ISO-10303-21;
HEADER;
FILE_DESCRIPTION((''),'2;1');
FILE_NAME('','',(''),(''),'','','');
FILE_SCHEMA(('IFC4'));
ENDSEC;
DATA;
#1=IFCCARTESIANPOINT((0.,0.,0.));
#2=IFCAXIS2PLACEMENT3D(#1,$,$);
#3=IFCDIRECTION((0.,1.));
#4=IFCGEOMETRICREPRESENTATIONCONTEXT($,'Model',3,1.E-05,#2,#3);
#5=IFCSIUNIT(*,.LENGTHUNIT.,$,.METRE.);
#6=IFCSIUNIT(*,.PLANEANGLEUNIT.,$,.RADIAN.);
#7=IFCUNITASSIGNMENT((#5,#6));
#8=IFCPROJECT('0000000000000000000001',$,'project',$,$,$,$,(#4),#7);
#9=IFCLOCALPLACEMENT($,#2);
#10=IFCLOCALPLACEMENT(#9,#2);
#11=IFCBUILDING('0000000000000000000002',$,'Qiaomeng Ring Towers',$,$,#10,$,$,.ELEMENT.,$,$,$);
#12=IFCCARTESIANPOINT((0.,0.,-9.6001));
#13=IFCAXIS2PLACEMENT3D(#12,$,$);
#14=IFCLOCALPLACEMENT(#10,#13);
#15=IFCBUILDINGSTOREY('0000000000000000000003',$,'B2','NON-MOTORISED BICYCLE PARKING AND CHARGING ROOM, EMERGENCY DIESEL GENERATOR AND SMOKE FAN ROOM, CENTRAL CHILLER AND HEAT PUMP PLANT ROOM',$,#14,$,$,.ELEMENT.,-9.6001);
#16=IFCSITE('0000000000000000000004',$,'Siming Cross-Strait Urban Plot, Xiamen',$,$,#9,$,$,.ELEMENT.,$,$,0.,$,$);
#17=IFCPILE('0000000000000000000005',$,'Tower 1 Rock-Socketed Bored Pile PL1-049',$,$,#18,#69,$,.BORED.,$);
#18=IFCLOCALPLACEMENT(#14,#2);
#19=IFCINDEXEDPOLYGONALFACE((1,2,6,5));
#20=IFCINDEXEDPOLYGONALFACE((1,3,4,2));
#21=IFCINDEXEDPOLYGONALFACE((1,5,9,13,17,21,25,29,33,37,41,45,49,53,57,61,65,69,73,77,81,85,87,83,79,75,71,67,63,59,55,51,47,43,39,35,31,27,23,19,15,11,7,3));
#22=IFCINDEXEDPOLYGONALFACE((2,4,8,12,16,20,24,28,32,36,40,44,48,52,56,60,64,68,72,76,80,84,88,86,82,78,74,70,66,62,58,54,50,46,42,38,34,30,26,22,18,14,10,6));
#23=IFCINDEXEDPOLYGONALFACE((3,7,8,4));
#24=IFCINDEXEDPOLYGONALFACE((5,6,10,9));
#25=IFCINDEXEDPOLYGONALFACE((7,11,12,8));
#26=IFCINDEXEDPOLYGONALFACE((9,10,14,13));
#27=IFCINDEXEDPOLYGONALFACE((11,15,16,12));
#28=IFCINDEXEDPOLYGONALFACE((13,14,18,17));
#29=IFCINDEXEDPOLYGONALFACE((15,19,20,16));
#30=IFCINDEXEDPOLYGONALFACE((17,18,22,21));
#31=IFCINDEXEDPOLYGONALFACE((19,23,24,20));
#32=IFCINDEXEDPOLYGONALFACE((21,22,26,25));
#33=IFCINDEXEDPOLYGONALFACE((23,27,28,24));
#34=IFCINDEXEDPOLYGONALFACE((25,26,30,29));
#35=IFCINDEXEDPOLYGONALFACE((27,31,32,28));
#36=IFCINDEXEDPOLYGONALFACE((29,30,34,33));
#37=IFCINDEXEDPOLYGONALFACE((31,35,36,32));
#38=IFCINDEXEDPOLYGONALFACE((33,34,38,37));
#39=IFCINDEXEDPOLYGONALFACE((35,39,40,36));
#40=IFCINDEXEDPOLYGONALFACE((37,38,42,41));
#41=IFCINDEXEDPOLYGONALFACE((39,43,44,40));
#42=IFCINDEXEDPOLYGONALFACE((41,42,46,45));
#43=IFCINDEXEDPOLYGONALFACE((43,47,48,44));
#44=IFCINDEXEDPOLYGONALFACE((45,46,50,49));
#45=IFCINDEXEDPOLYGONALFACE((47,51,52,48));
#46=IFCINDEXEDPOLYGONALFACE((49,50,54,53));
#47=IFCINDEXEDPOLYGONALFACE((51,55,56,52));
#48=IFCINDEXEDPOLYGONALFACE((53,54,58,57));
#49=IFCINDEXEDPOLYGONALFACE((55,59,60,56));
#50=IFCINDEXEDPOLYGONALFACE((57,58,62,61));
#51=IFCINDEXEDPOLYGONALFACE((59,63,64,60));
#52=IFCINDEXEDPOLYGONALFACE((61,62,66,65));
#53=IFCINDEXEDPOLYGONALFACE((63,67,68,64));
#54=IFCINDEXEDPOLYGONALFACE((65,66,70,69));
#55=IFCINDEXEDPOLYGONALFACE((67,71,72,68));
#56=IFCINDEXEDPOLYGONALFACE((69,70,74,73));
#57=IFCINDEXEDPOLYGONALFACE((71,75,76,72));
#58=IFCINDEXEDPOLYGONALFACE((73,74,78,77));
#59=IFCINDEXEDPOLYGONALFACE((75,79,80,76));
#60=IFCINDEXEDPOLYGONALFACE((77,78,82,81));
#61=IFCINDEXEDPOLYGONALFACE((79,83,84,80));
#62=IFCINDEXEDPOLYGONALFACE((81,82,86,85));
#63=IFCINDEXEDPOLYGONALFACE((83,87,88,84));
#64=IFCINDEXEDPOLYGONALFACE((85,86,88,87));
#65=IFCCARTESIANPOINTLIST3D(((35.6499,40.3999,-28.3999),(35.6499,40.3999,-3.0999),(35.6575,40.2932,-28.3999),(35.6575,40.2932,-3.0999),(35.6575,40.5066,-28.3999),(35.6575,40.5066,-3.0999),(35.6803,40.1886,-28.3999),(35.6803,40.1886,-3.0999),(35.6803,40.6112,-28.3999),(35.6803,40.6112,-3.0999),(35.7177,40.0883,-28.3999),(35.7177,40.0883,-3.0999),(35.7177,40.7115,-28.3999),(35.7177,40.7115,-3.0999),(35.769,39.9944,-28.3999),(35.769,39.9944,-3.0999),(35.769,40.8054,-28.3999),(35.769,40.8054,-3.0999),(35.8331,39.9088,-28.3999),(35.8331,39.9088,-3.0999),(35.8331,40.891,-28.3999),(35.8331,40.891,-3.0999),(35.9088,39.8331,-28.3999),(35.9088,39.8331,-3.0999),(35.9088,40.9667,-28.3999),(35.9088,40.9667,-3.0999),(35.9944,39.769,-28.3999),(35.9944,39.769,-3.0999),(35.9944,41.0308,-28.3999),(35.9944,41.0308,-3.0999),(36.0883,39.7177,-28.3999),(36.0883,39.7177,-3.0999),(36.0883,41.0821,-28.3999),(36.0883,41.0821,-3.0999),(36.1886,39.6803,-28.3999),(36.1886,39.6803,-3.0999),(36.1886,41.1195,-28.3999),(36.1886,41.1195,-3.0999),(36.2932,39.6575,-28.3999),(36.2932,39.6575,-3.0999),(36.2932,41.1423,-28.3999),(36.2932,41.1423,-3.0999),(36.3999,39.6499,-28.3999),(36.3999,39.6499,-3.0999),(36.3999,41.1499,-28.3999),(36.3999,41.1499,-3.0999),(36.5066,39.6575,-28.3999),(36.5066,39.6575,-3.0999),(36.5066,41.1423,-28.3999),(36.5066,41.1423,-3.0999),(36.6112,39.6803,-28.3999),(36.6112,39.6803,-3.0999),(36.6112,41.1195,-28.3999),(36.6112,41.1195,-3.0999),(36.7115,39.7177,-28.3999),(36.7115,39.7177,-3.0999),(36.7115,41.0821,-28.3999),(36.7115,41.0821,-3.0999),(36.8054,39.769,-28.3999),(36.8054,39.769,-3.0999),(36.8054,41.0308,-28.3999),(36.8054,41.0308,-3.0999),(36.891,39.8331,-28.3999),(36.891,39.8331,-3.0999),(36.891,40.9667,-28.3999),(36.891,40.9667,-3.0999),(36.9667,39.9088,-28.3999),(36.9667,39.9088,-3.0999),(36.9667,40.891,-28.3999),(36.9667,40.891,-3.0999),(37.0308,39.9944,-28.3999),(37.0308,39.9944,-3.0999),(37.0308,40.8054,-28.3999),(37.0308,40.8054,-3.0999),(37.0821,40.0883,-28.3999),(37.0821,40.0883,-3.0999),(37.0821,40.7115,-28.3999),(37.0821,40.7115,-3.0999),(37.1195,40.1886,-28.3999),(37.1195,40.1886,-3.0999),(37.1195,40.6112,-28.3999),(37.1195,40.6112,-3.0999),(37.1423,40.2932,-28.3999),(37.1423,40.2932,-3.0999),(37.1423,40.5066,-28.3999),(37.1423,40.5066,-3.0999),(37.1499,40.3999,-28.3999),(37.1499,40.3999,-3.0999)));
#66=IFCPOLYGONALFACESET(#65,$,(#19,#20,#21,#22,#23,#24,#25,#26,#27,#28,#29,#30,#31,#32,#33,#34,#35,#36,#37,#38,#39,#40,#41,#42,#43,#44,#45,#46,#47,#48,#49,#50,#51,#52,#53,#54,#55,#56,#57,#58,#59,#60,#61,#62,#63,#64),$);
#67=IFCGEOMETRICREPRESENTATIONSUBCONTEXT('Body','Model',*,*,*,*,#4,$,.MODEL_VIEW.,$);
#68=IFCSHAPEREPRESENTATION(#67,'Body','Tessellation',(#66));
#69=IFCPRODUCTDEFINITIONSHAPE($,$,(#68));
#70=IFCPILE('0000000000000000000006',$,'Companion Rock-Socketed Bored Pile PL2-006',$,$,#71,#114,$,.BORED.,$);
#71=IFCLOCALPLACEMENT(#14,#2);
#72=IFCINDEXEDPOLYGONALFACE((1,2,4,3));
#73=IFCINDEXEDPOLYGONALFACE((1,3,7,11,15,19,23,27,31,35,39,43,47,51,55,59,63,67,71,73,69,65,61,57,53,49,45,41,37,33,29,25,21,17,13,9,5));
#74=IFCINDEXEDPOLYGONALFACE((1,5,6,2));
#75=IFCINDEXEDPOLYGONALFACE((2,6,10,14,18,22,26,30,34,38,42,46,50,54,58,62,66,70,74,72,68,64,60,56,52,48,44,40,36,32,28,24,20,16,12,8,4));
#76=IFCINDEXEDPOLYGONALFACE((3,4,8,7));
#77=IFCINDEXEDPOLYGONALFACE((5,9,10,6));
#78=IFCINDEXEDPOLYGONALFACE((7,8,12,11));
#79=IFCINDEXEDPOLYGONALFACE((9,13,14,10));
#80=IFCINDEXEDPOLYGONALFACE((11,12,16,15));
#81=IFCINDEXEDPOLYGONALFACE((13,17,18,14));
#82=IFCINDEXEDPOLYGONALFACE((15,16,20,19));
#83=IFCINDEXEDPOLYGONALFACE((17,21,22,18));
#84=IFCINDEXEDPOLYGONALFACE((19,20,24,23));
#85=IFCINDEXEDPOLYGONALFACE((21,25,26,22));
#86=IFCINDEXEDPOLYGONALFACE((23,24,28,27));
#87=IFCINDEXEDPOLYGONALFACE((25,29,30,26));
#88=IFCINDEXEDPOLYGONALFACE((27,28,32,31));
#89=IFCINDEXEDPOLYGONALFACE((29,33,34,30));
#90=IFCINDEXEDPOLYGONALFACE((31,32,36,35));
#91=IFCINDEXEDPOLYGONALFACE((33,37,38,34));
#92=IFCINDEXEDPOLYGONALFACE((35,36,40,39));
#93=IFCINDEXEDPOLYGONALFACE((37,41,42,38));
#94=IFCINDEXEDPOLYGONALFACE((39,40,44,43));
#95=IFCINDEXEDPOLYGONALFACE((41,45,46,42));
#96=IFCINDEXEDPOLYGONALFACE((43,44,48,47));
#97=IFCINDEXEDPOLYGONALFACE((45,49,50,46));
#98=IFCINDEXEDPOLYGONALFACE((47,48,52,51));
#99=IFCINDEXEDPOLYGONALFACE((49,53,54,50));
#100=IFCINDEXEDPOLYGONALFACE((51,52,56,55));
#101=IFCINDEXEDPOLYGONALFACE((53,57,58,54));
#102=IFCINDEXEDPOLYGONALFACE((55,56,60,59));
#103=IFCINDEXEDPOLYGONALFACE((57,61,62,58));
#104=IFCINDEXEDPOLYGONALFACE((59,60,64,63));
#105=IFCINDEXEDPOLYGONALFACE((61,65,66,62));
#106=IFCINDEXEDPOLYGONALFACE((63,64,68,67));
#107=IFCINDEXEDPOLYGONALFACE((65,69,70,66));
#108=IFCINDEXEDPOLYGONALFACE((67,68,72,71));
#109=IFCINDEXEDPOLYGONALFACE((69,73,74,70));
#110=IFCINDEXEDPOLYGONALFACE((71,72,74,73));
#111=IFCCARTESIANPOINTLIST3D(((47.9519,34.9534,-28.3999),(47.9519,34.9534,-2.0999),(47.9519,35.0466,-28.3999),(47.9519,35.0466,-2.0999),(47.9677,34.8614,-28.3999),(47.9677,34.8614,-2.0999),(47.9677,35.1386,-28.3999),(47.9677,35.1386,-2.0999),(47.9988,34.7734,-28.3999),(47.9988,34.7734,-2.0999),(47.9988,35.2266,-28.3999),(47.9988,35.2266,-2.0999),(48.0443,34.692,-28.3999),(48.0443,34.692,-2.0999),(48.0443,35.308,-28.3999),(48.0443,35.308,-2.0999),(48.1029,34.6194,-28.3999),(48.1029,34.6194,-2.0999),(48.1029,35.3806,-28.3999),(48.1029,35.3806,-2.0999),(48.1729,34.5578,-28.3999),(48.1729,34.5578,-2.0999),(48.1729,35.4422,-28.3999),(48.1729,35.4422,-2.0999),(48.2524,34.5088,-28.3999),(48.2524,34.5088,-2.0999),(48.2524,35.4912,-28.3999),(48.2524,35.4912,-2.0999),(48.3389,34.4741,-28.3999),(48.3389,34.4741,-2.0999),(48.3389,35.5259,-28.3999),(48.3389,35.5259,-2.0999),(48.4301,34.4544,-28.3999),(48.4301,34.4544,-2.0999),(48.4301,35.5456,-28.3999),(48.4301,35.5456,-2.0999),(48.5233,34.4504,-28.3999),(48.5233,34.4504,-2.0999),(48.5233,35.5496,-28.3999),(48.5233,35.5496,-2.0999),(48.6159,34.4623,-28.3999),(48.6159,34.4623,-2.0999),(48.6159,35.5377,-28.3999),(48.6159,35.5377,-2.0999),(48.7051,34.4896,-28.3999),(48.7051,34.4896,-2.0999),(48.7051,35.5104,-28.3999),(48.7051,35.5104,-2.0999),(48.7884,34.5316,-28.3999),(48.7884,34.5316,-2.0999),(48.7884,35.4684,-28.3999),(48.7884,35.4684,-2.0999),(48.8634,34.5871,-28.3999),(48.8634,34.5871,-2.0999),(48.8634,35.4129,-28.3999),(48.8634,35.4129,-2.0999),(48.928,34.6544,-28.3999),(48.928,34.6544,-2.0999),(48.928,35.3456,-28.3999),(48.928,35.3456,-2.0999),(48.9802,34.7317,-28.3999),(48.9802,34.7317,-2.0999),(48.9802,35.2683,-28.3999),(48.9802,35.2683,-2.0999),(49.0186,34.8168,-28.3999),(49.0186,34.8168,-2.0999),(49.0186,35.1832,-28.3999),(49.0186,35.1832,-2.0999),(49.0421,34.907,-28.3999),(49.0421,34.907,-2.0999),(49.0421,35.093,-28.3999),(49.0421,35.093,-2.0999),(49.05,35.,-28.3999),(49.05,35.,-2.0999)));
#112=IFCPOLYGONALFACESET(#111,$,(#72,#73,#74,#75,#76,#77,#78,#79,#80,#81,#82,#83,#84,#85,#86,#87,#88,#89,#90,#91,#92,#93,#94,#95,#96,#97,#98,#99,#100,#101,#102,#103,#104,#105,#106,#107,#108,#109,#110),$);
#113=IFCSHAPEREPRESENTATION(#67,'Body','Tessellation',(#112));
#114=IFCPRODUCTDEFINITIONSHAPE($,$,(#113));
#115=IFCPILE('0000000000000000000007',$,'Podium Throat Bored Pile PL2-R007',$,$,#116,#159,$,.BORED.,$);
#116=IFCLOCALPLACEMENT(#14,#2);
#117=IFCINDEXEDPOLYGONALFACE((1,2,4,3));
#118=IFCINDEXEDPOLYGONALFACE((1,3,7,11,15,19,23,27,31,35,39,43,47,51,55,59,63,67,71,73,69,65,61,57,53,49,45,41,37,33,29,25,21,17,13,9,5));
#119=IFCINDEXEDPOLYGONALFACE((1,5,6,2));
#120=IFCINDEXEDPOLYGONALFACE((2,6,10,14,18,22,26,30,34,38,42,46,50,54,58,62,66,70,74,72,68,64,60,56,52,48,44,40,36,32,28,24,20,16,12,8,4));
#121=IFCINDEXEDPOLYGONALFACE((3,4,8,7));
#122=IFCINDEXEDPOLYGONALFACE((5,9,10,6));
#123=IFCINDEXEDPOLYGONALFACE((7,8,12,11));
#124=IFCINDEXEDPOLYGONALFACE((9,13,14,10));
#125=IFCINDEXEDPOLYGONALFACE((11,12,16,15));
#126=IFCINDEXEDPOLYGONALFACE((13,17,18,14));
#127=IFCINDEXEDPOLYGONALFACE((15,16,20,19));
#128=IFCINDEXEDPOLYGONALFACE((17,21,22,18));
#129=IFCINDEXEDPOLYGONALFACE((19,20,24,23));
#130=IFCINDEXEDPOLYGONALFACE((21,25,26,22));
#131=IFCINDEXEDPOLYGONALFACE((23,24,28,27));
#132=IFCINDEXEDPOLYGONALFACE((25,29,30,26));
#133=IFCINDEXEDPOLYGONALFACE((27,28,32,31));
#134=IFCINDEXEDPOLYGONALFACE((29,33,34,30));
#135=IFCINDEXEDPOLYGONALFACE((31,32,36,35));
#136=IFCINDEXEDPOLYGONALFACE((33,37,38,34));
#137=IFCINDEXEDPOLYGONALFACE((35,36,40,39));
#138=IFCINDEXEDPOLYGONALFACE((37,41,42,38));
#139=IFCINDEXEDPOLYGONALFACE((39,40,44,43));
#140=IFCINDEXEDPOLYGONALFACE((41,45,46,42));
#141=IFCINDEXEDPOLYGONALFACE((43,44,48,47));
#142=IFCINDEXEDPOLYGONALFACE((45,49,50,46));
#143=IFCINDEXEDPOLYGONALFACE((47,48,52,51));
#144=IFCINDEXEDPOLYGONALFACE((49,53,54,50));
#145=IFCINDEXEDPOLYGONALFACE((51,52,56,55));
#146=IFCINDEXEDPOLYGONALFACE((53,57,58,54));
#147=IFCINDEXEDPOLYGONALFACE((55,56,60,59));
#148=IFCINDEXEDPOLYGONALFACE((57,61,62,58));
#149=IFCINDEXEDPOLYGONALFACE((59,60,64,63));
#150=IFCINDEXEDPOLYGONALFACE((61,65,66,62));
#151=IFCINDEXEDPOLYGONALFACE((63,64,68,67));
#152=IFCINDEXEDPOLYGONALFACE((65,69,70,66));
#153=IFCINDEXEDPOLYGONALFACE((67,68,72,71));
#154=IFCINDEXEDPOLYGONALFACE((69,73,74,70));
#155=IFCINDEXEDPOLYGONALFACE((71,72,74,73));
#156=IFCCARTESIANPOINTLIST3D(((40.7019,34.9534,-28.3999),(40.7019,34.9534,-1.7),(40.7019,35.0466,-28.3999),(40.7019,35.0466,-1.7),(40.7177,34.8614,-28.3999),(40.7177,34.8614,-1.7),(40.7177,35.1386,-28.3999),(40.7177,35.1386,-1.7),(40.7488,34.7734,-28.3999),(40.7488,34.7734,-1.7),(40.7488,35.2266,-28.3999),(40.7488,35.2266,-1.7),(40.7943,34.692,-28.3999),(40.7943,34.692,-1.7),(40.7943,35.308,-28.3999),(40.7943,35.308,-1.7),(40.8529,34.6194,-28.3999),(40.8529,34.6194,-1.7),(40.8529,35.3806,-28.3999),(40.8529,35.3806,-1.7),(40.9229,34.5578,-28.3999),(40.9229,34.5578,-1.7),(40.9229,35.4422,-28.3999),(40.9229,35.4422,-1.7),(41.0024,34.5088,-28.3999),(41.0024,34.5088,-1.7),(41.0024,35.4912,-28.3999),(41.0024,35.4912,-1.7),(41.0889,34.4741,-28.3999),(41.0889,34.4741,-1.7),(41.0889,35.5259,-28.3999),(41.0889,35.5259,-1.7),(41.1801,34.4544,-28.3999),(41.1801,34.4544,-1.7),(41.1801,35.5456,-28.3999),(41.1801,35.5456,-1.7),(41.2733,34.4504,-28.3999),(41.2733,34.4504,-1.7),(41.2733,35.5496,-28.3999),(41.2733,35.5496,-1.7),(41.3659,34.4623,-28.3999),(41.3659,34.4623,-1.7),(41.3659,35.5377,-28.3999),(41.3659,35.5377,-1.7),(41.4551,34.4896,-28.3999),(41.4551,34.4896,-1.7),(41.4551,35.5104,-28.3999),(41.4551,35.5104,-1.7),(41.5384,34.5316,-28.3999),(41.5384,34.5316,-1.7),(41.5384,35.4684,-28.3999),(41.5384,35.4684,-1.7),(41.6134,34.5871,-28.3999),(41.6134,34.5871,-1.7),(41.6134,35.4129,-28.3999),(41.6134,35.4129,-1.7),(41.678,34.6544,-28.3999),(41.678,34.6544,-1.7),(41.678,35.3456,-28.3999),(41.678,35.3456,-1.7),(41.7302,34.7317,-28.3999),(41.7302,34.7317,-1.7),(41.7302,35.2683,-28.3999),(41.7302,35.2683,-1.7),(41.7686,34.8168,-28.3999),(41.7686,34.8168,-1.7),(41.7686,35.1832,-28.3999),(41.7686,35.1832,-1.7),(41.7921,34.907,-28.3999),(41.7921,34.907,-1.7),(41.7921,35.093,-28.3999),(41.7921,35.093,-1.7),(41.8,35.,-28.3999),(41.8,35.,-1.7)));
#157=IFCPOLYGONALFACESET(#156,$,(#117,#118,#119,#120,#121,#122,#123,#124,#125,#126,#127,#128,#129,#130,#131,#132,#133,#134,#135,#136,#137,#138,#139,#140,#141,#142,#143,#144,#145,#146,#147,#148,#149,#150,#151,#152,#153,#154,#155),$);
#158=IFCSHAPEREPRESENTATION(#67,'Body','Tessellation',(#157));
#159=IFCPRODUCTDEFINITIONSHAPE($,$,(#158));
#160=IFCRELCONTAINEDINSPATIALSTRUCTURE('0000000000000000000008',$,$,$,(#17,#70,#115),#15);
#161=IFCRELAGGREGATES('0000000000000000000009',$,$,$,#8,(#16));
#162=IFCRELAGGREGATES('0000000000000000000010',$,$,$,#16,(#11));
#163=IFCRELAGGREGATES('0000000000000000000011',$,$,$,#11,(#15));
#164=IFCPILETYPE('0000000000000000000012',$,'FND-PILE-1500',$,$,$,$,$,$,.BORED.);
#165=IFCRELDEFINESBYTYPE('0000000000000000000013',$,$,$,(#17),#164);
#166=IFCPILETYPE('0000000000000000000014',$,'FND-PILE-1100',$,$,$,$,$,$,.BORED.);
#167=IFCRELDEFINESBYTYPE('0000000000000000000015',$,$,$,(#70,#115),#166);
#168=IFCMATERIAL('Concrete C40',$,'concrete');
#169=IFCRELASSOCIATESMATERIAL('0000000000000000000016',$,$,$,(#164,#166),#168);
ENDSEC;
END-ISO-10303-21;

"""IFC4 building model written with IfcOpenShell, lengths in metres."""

from ifc_helpers import new_model, si_unit, direction, frame, origin, origin_2d, place, context, subcontext, project, spatial, circle, extrude, source, transform, mapped, material, material_profile, profile_set, type_object, element, save


model = new_model("IFC4")

# Units and contexts
model_context = context("Model", 3, precision=1e-05, world=origin(), true_north=direction((0.0, 1.0)))
body_context = subcontext(model_context, "Body", "Model", "MODEL_VIEW")
ifc_project = project(units=[si_unit("LENGTHUNIT", "METRE"), si_unit("PLANEANGLEUNIT", "RADIAN")], contexts=[model_context])

# Site, building, storey
site_placement = place(None, origin())
site = spatial("IfcSite", under=ifc_project, at=site_placement, Name="Siming Cross-Strait Urban Plot, Xiamen", CompositionType="ELEMENT", RefElevation=0.0)
building_placement = place(site_placement, origin())
building = spatial("IfcBuilding", under=site, at=building_placement, Name="Qiaomeng Ring Towers", CompositionType="ELEMENT")
storey_placement = place(building_placement, frame((0.0, 0.0, -9.6001)))
storey = spatial("IfcBuildingStorey", under=building, at=storey_placement, Name="B2", Description="NON-MOTORISED BICYCLE PARKING AND CHARGING ROOM, EMERGENCY DIESEL GENERATOR AND SMOKE FAN ROOM, CENTRAL CHILLER AND HEAT PUMP PLANT ROOM", CompositionType="ELEMENT", Elevation=-9.6001)

# Piles
ifc_material_1 = material(Name="Concrete C40", Category="concrete")
ifc_material_profile_1 = material_profile(ifc_material_1, circle(Radius=0.75, at=origin_2d()), Name="BORED PILE 1500")
ifc_profile_set_1 = profile_set([ifc_material_profile_1], Name="Concrete C40")
pile_type_1 = type_object("IfcPileType", Name="FND-PILE-1500", PredefinedType="BORED", material=ifc_profile_set_1)
shared_shape_1 = source(origin(), body_context, "Body", "SweptSolid", [
    extrude(circle(Radius=0.75, at=origin_2d()), origin(), (0.0, 0.0, 1.0), 25.3),
])
for number, where, z_axis, x_axis, name in (
    (1, (36.3999, 40.3999, -3.0999), (0.0, 0.0, -1.0), (1.0, 0.0, 0.0), "Tower 1 Rock-Socketed Bored Pile PL1-049"),
):
    element("IfcPile", number, at=place(storey_placement, frame(where, z_axis=z_axis, x_axis=x_axis)), inside=storey, type_object=pile_type_1, Name=name, PredefinedType="BORED", context=body_context, shape_type="MappedRepresentation", body=[
        mapped(shared_shape_1, transform((0.0, 0.0, 0.0), x_axis=(1.0, 0.0, 0.0), y_axis=(0.0, 1.0, 0.0), z_axis=(0.0, 0.0, 1.0), scale=1.0)),
    ])
ifc_material_profile_2 = material_profile(ifc_material_1, circle(Radius=0.55, at=origin_2d()), Name="BORED PILE 1100")
ifc_profile_set_2 = profile_set([ifc_material_profile_2], Name="Concrete C40")
pile_type_2 = type_object("IfcPileType", Name="FND-PILE-1100", PredefinedType="BORED", material=ifc_profile_set_2)
shared_shape_2 = source(origin(), body_context, "Body", "SweptSolid", [
    extrude(circle(Radius=0.55, at=origin_2d()), origin(), (0.0, 0.0, 1.0), 26.3),
])
pile_placement = place(storey_placement, frame((48.5, 35.0, -2.0999), z_axis=(0.0, 0.0, -1.0), x_axis=(1.0, 0.0, 0.0)))
element("IfcPile", 2, at=pile_placement, inside=storey, type_object=pile_type_2, Name="Companion Rock-Socketed Bored Pile PL2-006", PredefinedType="BORED", context=body_context, shape_type="MappedRepresentation", body=[
    mapped(shared_shape_2, transform((0.0, 0.0, 0.0), x_axis=(1.0, 0.0, 0.0), y_axis=(0.0, 1.0, 0.0), z_axis=(0.0, 0.0, 1.0), scale=1.0)),
])
shared_shape_3 = source(origin(), body_context, "Body", "SweptSolid", [
    extrude(circle(Radius=0.55, at=origin_2d()), origin(), (0.0, 0.0, 1.0), 26.7),
])
for number, where, z_axis, x_axis, name in (
    (3, (41.25, 35.0, -1.7), (0.0, 0.0, -1.0), (1.0, 0.0, 0.0), "Podium Throat Bored Pile PL2-R007"),
):
    element("IfcPile", number, at=place(storey_placement, frame(where, z_axis=z_axis, x_axis=x_axis)), inside=storey, type_object=pile_type_2, Name=name, PredefinedType="BORED", context=body_context, shape_type="MappedRepresentation", body=[
        mapped(shared_shape_3, transform((0.0, 0.0, 0.0), x_axis=(1.0, 0.0, 0.0), y_axis=(0.0, 1.0, 0.0), z_axis=(0.0, 0.0, 1.0), scale=1.0)),
    ])

save(model, "model.ifc")
